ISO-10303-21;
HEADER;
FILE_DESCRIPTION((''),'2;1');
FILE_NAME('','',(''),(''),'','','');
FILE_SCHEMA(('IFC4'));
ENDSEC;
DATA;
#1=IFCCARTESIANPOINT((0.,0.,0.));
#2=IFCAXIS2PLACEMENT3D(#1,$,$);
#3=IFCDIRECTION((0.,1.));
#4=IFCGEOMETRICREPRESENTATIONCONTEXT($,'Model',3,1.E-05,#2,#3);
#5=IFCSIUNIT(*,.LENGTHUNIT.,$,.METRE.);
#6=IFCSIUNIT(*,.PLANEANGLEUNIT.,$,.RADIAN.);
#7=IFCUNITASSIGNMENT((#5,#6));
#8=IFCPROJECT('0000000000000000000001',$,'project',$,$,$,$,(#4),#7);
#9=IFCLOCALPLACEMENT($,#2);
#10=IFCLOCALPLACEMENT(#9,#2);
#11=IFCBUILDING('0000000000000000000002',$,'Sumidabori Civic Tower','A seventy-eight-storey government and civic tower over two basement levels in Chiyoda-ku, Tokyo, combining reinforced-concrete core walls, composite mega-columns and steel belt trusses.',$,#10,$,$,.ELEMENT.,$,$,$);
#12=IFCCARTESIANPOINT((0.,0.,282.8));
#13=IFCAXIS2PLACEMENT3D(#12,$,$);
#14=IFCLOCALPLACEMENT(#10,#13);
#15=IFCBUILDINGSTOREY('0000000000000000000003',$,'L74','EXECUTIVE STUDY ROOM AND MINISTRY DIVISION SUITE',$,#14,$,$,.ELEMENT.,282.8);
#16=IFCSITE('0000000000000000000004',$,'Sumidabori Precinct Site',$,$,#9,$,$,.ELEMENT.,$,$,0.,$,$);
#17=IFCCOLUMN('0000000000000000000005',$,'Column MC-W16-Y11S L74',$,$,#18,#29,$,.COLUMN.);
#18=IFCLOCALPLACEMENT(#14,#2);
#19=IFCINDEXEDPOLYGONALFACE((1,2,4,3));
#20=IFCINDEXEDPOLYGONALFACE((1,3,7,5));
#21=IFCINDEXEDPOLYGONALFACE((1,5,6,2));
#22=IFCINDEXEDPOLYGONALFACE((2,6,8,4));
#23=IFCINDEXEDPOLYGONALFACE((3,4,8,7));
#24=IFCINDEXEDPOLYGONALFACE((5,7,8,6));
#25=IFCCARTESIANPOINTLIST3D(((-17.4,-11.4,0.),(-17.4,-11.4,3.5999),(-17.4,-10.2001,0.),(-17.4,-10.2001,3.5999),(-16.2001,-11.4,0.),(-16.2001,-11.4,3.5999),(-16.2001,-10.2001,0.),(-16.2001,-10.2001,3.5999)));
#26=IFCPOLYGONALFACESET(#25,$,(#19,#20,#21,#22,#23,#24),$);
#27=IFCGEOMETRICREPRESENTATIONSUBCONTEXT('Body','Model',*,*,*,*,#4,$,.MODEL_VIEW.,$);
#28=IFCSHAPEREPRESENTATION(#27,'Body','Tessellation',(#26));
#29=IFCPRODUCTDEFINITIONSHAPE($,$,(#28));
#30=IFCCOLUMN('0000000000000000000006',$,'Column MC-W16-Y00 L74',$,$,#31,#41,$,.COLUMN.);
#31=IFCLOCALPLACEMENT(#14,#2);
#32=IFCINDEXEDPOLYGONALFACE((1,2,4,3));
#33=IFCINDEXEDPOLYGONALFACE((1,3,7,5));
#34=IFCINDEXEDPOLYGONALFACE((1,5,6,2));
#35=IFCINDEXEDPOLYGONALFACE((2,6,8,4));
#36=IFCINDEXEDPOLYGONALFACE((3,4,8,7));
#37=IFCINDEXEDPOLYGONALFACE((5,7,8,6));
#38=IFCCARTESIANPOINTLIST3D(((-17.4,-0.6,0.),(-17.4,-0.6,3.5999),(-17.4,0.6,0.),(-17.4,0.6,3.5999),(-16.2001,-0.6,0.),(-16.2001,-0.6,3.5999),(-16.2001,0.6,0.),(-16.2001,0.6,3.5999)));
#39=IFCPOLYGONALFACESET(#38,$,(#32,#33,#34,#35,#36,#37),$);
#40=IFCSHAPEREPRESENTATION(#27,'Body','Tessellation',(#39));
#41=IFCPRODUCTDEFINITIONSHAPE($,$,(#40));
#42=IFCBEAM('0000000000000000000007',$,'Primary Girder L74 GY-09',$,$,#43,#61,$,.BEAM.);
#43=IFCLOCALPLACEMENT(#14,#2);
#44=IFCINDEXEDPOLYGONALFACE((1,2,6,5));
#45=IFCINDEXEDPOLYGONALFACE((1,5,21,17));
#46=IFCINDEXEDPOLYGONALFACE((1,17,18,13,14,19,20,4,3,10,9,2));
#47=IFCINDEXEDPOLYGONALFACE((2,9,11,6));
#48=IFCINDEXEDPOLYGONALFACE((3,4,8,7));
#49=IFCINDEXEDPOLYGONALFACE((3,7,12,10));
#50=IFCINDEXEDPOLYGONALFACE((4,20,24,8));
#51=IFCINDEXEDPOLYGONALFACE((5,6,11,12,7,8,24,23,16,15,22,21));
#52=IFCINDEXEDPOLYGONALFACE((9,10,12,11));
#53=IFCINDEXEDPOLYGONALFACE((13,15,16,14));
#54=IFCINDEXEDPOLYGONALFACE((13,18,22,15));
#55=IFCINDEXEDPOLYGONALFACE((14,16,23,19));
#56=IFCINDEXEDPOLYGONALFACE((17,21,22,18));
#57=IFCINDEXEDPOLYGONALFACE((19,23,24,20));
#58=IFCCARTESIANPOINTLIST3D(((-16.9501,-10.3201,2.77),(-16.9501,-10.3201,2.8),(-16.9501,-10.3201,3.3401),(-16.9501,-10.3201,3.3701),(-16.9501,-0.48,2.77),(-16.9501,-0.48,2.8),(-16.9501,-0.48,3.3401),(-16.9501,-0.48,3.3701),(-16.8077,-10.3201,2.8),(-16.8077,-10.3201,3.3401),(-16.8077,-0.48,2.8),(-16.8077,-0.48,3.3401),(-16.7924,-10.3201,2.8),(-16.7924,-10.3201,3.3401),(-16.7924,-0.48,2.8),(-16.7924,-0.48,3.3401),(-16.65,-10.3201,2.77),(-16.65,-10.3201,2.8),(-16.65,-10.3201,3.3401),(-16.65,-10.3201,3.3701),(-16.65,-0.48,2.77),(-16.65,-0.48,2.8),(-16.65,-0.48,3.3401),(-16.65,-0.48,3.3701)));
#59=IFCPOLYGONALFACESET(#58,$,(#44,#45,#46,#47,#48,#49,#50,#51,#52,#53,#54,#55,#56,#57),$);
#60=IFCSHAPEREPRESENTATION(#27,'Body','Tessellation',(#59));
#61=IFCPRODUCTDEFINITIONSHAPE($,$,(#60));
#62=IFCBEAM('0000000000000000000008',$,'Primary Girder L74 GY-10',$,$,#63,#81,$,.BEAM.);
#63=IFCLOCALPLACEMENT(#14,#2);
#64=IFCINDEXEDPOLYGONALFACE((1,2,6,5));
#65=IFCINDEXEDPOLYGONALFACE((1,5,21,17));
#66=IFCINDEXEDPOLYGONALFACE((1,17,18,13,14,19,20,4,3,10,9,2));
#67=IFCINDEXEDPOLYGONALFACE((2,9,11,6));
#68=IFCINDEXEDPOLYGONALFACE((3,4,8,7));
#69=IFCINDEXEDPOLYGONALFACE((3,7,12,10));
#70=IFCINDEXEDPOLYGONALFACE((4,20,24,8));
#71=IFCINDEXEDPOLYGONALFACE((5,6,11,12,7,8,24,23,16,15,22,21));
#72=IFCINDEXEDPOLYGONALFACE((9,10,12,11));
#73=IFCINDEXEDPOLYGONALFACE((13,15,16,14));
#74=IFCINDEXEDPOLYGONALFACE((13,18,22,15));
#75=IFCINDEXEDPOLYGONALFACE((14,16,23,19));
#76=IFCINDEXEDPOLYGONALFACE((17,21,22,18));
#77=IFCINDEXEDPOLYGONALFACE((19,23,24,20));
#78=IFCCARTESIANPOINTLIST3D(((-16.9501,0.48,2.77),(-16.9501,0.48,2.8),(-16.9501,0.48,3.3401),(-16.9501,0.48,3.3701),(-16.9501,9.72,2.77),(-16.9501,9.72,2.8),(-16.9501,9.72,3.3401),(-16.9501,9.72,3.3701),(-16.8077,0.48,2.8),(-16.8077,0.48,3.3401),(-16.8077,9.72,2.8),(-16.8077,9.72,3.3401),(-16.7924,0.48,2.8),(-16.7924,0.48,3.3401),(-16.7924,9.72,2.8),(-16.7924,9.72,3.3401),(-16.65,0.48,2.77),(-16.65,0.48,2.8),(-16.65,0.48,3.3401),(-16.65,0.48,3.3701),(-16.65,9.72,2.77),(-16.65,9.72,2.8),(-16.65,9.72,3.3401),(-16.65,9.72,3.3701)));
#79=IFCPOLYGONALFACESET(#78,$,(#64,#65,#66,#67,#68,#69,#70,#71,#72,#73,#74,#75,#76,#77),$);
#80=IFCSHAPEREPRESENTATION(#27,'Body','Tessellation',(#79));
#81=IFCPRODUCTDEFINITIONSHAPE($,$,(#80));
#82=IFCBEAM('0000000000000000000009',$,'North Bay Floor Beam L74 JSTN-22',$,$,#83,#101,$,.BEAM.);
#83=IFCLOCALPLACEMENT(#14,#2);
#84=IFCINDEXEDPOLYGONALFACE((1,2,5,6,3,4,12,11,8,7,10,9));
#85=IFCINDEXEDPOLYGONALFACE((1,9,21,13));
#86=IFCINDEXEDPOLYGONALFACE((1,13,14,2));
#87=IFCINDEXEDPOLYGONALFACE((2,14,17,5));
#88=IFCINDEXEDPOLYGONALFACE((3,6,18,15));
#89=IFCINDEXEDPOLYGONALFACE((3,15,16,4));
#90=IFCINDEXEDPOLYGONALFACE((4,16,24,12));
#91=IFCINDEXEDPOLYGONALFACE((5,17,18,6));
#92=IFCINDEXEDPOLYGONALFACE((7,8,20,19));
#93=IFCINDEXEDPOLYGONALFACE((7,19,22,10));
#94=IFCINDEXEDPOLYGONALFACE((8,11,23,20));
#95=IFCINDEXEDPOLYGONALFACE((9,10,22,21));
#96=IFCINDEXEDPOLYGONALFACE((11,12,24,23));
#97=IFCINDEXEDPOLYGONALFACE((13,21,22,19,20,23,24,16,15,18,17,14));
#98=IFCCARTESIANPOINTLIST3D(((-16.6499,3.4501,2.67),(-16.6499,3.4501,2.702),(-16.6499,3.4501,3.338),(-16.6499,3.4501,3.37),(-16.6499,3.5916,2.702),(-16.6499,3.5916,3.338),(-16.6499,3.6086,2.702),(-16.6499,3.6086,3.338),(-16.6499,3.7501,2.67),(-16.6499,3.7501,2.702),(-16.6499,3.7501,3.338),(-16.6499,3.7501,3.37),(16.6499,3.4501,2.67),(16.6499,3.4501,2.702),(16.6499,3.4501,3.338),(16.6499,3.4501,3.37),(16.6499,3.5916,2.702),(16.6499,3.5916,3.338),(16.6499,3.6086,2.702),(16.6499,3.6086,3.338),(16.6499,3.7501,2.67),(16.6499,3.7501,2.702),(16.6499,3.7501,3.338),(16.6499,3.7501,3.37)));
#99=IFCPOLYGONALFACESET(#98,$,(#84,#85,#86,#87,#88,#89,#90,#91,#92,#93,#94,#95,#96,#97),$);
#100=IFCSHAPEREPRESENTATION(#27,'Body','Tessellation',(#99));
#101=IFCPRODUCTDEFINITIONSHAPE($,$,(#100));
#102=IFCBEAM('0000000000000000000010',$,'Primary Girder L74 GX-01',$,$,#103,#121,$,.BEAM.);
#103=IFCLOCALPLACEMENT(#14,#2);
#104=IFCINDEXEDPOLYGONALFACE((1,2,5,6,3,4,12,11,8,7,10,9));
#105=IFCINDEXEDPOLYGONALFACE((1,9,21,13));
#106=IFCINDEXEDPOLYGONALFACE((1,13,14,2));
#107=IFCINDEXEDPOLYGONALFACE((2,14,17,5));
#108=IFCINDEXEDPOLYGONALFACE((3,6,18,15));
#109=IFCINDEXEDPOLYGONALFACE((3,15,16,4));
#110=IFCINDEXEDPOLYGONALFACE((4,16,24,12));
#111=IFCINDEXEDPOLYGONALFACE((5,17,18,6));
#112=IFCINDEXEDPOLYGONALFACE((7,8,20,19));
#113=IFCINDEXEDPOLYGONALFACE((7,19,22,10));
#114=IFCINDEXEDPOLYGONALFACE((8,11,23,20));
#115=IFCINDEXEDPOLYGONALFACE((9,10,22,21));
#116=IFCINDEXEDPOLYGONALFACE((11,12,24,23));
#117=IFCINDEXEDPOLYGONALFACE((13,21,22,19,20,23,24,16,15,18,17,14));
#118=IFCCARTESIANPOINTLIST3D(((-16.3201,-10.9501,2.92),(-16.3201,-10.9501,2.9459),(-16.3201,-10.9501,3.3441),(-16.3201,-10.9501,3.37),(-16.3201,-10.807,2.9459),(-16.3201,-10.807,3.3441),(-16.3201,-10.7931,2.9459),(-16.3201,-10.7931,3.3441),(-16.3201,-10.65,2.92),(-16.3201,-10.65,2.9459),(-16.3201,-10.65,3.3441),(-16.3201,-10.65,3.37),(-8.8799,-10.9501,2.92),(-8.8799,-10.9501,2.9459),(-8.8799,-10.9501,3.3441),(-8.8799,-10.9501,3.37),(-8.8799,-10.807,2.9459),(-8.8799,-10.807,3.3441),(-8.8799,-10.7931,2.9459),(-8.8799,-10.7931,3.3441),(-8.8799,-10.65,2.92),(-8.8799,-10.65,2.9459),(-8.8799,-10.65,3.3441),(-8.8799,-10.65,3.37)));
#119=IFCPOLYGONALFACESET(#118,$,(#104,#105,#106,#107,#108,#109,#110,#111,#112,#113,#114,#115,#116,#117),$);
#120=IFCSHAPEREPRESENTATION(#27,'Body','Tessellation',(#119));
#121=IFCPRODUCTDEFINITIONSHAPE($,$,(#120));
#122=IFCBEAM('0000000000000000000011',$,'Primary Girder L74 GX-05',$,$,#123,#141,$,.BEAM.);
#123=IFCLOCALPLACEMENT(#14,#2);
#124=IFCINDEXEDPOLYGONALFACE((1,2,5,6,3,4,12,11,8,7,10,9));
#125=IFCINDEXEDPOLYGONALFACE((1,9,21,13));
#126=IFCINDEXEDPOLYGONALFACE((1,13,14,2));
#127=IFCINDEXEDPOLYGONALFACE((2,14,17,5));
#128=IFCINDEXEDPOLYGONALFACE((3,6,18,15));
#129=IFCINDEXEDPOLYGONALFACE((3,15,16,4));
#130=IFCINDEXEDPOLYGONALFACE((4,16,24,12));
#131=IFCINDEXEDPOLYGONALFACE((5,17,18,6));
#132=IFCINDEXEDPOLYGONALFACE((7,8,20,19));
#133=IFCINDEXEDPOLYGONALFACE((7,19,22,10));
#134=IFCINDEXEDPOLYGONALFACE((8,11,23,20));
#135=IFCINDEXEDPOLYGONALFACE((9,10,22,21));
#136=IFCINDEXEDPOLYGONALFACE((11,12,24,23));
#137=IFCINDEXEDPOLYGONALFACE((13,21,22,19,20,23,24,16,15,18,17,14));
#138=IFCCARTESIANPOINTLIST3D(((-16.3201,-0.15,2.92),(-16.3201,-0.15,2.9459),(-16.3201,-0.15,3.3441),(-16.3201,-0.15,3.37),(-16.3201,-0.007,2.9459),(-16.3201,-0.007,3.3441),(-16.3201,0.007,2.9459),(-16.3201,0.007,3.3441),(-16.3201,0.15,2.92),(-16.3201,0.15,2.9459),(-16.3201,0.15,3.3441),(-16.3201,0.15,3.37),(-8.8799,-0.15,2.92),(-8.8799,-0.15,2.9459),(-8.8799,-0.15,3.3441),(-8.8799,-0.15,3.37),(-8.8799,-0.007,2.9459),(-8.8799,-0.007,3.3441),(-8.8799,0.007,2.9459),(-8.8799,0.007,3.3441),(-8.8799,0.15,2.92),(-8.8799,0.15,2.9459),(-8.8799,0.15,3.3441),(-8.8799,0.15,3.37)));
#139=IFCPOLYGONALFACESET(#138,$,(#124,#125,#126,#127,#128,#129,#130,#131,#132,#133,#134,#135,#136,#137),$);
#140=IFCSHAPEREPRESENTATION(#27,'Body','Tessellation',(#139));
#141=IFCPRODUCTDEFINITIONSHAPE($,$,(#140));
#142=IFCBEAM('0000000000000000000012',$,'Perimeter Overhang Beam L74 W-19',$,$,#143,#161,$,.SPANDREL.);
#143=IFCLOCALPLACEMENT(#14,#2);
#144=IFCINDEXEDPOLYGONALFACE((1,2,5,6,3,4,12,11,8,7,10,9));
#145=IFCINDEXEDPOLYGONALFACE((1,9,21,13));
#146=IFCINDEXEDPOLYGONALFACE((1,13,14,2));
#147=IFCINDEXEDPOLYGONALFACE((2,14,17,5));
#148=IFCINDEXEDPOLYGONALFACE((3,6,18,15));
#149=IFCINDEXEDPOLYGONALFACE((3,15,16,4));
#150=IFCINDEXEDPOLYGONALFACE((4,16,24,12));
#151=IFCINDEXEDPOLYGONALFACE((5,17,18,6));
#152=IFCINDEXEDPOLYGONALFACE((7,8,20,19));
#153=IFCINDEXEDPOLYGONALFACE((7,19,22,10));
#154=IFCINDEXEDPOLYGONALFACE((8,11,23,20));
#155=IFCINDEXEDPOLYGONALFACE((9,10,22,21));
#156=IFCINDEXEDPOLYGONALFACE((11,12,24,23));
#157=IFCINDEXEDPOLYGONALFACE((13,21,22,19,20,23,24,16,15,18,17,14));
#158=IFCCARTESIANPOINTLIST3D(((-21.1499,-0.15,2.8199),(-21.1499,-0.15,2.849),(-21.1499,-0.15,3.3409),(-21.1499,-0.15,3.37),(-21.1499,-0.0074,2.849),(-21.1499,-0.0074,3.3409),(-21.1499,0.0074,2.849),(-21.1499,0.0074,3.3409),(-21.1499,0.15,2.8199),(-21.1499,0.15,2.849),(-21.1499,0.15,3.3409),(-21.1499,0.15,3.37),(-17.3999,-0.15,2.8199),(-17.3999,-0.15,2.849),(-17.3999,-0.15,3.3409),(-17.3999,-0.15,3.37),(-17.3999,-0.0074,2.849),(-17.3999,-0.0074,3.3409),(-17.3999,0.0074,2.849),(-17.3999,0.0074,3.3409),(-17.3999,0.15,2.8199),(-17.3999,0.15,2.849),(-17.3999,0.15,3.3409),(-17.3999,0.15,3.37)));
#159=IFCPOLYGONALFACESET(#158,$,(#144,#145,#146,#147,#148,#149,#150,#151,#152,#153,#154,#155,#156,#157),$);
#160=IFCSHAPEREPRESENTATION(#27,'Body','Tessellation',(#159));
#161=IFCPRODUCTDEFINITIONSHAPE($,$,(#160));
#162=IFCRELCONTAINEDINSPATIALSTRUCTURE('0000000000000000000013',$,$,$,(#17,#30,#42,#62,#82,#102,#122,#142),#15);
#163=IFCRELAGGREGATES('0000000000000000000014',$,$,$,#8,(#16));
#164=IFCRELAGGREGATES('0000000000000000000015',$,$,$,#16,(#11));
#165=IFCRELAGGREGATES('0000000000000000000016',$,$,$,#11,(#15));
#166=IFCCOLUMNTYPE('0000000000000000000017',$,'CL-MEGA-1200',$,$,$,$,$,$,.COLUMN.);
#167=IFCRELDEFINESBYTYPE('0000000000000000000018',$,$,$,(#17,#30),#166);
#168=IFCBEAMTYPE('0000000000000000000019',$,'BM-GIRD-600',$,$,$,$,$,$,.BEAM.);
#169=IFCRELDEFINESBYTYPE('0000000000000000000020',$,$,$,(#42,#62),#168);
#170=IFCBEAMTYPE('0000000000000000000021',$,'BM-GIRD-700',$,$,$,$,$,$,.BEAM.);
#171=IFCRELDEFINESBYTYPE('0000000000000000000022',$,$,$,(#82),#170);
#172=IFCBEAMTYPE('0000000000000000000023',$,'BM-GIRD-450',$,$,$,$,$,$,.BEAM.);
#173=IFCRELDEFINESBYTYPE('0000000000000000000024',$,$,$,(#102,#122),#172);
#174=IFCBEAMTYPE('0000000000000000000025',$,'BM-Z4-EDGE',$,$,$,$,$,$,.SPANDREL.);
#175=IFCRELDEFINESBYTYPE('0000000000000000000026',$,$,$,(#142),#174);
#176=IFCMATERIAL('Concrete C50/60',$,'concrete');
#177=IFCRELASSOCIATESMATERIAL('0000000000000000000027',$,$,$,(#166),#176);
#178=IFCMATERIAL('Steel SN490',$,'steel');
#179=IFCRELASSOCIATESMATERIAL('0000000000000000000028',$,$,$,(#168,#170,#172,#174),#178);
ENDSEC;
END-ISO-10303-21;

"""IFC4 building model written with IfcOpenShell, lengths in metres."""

from ifc_helpers import new_model, si_unit, direction, frame, origin, origin_2d, place, context, subcontext, project, spatial, rectangle, i_section, extrude, source, transform, mapped, material, material_profile, profile_set, type_object, element, save


model = new_model("IFC4")

# Units and contexts
model_context = context("Model", 3, precision=1e-05, world=origin(), true_north=direction((0.0, 1.0)))
body_context = subcontext(model_context, "Body", "Model", "MODEL_VIEW")
ifc_project = project(units=[si_unit("LENGTHUNIT", "METRE"), si_unit("PLANEANGLEUNIT", "RADIAN")], contexts=[model_context])

# Site, building, storey
site_placement = place(None, origin())
site = spatial("IfcSite", under=ifc_project, at=site_placement, Name="Sumidabori Precinct Site", CompositionType="ELEMENT", RefElevation=0.0)
building_placement = place(site_placement, origin())
building = spatial("IfcBuilding", under=site, at=building_placement, Name="Sumidabori Civic Tower", Description="A seventy-eight-storey government and civic tower over two basement levels in Chiyoda-ku, Tokyo, combining reinforced-concrete core walls, composite mega-columns and steel belt trusses.", CompositionType="ELEMENT")
storey_placement = place(building_placement, frame((0.0, 0.0, 282.8)))
storey = spatial("IfcBuildingStorey", under=building, at=storey_placement, Name="L74", Description="EXECUTIVE STUDY ROOM AND MINISTRY DIVISION SUITE", CompositionType="ELEMENT", Elevation=282.8)

# Columns
ifc_material_1 = material(Name="Concrete C50/60", Category="concrete")
ifc_material_profile_1 = material_profile(ifc_material_1, rectangle(XDim=1.2, YDim=1.2, at=origin_2d()), Name="RC 1200x1200")
ifc_profile_set_1 = profile_set([ifc_material_profile_1], Name="Concrete C50/60")
column_type = type_object("IfcColumnType", Name="CL-MEGA-1200", PredefinedType="COLUMN", material=ifc_profile_set_1)
shared_shape_1 = source(origin(), body_context, "Body", "SweptSolid", [
    extrude(rectangle(XDim=1.2, YDim=1.2, at=origin_2d()), origin(), (0.0, 0.0, 1.0), 3.5999),
])
for number, where, z_axis, x_axis, name in (
    (1, (-16.8, -10.8, 0.0), (0.0, 0.0, 1.0), (1.0, 0.0, 0.0), "Column MC-W16-Y11S L74"),
    (2, (-16.8, 0.0, 0.0), (0.0, 0.0, 1.0), (1.0, 0.0, 0.0), "Column MC-W16-Y00 L74"),
):
    element("IfcColumn", number, at=place(storey_placement, frame(where, z_axis=z_axis, x_axis=x_axis)), inside=storey, type_object=column_type, Name=name, PredefinedType="COLUMN", context=body_context, shape_type="MappedRepresentation", body=[
        mapped(shared_shape_1, transform((0.0, 0.0, 0.0), x_axis=(1.0, 0.0, 0.0), y_axis=(0.0, 1.0, 0.0), z_axis=(0.0, 0.0, 1.0), scale=1.0)),
    ])

# Beams
ifc_material_2 = material(Name="Steel SN490", Category="steel")
ifc_material_profile_2 = material_profile(ifc_material_2, i_section(OverallWidth=0.3, OverallDepth=0.6001, WebThickness=0.0154, FlangeThickness=0.03, at=origin_2d()), Name="HE 600 B")
ifc_profile_set_2 = profile_set([ifc_material_profile_2], Name="Steel SN490")
beam_type_1 = type_object("IfcBeamType", Name="BM-GIRD-600", PredefinedType="BEAM", material=ifc_profile_set_2)
shared_shape_2 = source(origin(), body_context, "Body", "SweptSolid", [
    extrude(i_section(OverallWidth=0.3, OverallDepth=0.6001, WebThickness=0.0154, FlangeThickness=0.03, at=origin_2d()), origin(), (0.0, 0.0, 1.0), 9.8401),
])
beam_1_placement = place(storey_placement, frame((-16.8, -10.3201, 3.0701), z_axis=(0.0, 1.0, 0.0), x_axis=(-1.0, 0.0, 0.0)))
element("IfcBeam", 3, at=beam_1_placement, inside=storey, type_object=beam_type_1, Name="Primary Girder L74 GY-09", PredefinedType="BEAM", context=body_context, shape_type="MappedRepresentation", body=[
    mapped(shared_shape_2, transform((0.0, 0.0, 0.0), x_axis=(1.0, 0.0, 0.0), y_axis=(0.0, 1.0, 0.0), z_axis=(0.0, 0.0, 1.0), scale=1.0)),
])
shared_shape_3 = source(origin(), body_context, "Body", "SweptSolid", [
    extrude(i_section(OverallWidth=0.3, OverallDepth=0.6001, WebThickness=0.0154, FlangeThickness=0.03, at=origin_2d()), origin(), (0.0, 0.0, 1.0), 9.24),
])
beam_2_placement = place(storey_placement, frame((-16.8, 0.48, 3.0701), z_axis=(0.0, 1.0, 0.0), x_axis=(-1.0, 0.0, 0.0)))
element("IfcBeam", 4, at=beam_2_placement, inside=storey, type_object=beam_type_1, Name="Primary Girder L74 GY-10", PredefinedType="BEAM", context=body_context, shape_type="MappedRepresentation", body=[
    mapped(shared_shape_3, transform((0.0, 0.0, 0.0), x_axis=(1.0, 0.0, 0.0), y_axis=(0.0, 1.0, 0.0), z_axis=(0.0, 0.0, 1.0), scale=1.0)),
])
ifc_material_profile_3 = material_profile(ifc_material_2, i_section(OverallWidth=0.3, OverallDepth=0.7, WebThickness=0.0171, FlangeThickness=0.032, at=origin_2d()), Name="HE 700 B")
ifc_profile_set_3 = profile_set([ifc_material_profile_3], Name="Steel SN490")
beam_type_2 = type_object("IfcBeamType", Name="BM-GIRD-700", PredefinedType="BEAM", material=ifc_profile_set_3)
shared_shape_4 = source(origin(), body_context, "Body", "SweptSolid", [
    extrude(i_section(OverallWidth=0.3, OverallDepth=0.7, WebThickness=0.0171, FlangeThickness=0.032, at=origin_2d()), origin(), (0.0, 0.0, 1.0), 33.2998),
])
beam_3_placement = place(storey_placement, frame((-16.6499, 3.6001, 3.02), z_axis=(1.0, 0.0, 0.0), x_axis=(0.0, 1.0, 0.0)))
element("IfcBeam", 5, at=beam_3_placement, inside=storey, type_object=beam_type_2, Name="North Bay Floor Beam L74 JSTN-22", PredefinedType="BEAM", context=body_context, shape_type="MappedRepresentation", body=[
    mapped(shared_shape_4, transform((0.0, 0.0, 0.0), x_axis=(1.0, 0.0, 0.0), y_axis=(0.0, 1.0, 0.0), z_axis=(0.0, 0.0, 1.0), scale=1.0)),
])
ifc_material_profile_4 = material_profile(ifc_material_2, i_section(OverallWidth=0.3, OverallDepth=0.45, WebThickness=0.0139, FlangeThickness=0.0259, at=origin_2d()), Name="HE 450 B")
ifc_profile_set_4 = profile_set([ifc_material_profile_4], Name="Steel SN490")
beam_type_3 = type_object("IfcBeamType", Name="BM-GIRD-450", PredefinedType="BEAM", material=ifc_profile_set_4)
shared_shape_5 = source(origin(), body_context, "Body", "SweptSolid", [
    extrude(i_section(OverallWidth=0.3, OverallDepth=0.45, WebThickness=0.0139, FlangeThickness=0.0259, at=origin_2d()), origin(), (0.0, 0.0, 1.0), 7.4402),
])
for number, where, z_axis, x_axis, name in (
    (6, (-16.3201, -10.8, 3.145), (1.0, 0.0, 0.0), (0.0, 1.0, 0.0), "Primary Girder L74 GX-01"),
    (7, (-16.3201, 0.0, 3.145), (1.0, 0.0, 0.0), (0.0, 1.0, 0.0), "Primary Girder L74 GX-05"),
):
    element("IfcBeam", number, at=place(storey_placement, frame(where, z_axis=z_axis, x_axis=x_axis)), inside=storey, type_object=beam_type_3, Name=name, PredefinedType="BEAM", context=body_context, shape_type="MappedRepresentation", body=[
        mapped(shared_shape_5, transform((0.0, 0.0, 0.0), x_axis=(1.0, 0.0, 0.0), y_axis=(0.0, 1.0, 0.0), z_axis=(0.0, 0.0, 1.0), scale=1.0)),
    ])
ifc_material_profile_5 = material_profile(ifc_material_2, i_section(OverallWidth=0.3, OverallDepth=0.55, WebThickness=0.0149, FlangeThickness=0.0291, at=origin_2d()), Name="HE 550 B")
ifc_profile_set_5 = profile_set([ifc_material_profile_5], Name="Steel SN490")
beam_type_4 = type_object("IfcBeamType", Name="BM-Z4-EDGE", PredefinedType="SPANDREL", material=ifc_profile_set_5)
shared_shape_6 = source(origin(), body_context, "Body", "SweptSolid", [
    extrude(i_section(OverallWidth=0.3, OverallDepth=0.55, WebThickness=0.0149, FlangeThickness=0.0291, at=origin_2d()), origin(), (0.0, 0.0, 1.0), 3.75),
])
beam_4_placement = place(storey_placement, frame((-21.1499, 0.0, 3.095), z_axis=(1.0, 0.0, 0.0), x_axis=(0.0, 1.0, 0.0)))
element("IfcBeam", 8, at=beam_4_placement, inside=storey, type_object=beam_type_4, Name="Perimeter Overhang Beam L74 W-19", PredefinedType="SPANDREL", context=body_context, shape_type="MappedRepresentation", body=[
    mapped(shared_shape_6, transform((0.0, 0.0, 0.0), x_axis=(1.0, 0.0, 0.0), y_axis=(0.0, 1.0, 0.0), z_axis=(0.0, 0.0, 1.0), scale=1.0)),
])

save(model, "model.ifc")
